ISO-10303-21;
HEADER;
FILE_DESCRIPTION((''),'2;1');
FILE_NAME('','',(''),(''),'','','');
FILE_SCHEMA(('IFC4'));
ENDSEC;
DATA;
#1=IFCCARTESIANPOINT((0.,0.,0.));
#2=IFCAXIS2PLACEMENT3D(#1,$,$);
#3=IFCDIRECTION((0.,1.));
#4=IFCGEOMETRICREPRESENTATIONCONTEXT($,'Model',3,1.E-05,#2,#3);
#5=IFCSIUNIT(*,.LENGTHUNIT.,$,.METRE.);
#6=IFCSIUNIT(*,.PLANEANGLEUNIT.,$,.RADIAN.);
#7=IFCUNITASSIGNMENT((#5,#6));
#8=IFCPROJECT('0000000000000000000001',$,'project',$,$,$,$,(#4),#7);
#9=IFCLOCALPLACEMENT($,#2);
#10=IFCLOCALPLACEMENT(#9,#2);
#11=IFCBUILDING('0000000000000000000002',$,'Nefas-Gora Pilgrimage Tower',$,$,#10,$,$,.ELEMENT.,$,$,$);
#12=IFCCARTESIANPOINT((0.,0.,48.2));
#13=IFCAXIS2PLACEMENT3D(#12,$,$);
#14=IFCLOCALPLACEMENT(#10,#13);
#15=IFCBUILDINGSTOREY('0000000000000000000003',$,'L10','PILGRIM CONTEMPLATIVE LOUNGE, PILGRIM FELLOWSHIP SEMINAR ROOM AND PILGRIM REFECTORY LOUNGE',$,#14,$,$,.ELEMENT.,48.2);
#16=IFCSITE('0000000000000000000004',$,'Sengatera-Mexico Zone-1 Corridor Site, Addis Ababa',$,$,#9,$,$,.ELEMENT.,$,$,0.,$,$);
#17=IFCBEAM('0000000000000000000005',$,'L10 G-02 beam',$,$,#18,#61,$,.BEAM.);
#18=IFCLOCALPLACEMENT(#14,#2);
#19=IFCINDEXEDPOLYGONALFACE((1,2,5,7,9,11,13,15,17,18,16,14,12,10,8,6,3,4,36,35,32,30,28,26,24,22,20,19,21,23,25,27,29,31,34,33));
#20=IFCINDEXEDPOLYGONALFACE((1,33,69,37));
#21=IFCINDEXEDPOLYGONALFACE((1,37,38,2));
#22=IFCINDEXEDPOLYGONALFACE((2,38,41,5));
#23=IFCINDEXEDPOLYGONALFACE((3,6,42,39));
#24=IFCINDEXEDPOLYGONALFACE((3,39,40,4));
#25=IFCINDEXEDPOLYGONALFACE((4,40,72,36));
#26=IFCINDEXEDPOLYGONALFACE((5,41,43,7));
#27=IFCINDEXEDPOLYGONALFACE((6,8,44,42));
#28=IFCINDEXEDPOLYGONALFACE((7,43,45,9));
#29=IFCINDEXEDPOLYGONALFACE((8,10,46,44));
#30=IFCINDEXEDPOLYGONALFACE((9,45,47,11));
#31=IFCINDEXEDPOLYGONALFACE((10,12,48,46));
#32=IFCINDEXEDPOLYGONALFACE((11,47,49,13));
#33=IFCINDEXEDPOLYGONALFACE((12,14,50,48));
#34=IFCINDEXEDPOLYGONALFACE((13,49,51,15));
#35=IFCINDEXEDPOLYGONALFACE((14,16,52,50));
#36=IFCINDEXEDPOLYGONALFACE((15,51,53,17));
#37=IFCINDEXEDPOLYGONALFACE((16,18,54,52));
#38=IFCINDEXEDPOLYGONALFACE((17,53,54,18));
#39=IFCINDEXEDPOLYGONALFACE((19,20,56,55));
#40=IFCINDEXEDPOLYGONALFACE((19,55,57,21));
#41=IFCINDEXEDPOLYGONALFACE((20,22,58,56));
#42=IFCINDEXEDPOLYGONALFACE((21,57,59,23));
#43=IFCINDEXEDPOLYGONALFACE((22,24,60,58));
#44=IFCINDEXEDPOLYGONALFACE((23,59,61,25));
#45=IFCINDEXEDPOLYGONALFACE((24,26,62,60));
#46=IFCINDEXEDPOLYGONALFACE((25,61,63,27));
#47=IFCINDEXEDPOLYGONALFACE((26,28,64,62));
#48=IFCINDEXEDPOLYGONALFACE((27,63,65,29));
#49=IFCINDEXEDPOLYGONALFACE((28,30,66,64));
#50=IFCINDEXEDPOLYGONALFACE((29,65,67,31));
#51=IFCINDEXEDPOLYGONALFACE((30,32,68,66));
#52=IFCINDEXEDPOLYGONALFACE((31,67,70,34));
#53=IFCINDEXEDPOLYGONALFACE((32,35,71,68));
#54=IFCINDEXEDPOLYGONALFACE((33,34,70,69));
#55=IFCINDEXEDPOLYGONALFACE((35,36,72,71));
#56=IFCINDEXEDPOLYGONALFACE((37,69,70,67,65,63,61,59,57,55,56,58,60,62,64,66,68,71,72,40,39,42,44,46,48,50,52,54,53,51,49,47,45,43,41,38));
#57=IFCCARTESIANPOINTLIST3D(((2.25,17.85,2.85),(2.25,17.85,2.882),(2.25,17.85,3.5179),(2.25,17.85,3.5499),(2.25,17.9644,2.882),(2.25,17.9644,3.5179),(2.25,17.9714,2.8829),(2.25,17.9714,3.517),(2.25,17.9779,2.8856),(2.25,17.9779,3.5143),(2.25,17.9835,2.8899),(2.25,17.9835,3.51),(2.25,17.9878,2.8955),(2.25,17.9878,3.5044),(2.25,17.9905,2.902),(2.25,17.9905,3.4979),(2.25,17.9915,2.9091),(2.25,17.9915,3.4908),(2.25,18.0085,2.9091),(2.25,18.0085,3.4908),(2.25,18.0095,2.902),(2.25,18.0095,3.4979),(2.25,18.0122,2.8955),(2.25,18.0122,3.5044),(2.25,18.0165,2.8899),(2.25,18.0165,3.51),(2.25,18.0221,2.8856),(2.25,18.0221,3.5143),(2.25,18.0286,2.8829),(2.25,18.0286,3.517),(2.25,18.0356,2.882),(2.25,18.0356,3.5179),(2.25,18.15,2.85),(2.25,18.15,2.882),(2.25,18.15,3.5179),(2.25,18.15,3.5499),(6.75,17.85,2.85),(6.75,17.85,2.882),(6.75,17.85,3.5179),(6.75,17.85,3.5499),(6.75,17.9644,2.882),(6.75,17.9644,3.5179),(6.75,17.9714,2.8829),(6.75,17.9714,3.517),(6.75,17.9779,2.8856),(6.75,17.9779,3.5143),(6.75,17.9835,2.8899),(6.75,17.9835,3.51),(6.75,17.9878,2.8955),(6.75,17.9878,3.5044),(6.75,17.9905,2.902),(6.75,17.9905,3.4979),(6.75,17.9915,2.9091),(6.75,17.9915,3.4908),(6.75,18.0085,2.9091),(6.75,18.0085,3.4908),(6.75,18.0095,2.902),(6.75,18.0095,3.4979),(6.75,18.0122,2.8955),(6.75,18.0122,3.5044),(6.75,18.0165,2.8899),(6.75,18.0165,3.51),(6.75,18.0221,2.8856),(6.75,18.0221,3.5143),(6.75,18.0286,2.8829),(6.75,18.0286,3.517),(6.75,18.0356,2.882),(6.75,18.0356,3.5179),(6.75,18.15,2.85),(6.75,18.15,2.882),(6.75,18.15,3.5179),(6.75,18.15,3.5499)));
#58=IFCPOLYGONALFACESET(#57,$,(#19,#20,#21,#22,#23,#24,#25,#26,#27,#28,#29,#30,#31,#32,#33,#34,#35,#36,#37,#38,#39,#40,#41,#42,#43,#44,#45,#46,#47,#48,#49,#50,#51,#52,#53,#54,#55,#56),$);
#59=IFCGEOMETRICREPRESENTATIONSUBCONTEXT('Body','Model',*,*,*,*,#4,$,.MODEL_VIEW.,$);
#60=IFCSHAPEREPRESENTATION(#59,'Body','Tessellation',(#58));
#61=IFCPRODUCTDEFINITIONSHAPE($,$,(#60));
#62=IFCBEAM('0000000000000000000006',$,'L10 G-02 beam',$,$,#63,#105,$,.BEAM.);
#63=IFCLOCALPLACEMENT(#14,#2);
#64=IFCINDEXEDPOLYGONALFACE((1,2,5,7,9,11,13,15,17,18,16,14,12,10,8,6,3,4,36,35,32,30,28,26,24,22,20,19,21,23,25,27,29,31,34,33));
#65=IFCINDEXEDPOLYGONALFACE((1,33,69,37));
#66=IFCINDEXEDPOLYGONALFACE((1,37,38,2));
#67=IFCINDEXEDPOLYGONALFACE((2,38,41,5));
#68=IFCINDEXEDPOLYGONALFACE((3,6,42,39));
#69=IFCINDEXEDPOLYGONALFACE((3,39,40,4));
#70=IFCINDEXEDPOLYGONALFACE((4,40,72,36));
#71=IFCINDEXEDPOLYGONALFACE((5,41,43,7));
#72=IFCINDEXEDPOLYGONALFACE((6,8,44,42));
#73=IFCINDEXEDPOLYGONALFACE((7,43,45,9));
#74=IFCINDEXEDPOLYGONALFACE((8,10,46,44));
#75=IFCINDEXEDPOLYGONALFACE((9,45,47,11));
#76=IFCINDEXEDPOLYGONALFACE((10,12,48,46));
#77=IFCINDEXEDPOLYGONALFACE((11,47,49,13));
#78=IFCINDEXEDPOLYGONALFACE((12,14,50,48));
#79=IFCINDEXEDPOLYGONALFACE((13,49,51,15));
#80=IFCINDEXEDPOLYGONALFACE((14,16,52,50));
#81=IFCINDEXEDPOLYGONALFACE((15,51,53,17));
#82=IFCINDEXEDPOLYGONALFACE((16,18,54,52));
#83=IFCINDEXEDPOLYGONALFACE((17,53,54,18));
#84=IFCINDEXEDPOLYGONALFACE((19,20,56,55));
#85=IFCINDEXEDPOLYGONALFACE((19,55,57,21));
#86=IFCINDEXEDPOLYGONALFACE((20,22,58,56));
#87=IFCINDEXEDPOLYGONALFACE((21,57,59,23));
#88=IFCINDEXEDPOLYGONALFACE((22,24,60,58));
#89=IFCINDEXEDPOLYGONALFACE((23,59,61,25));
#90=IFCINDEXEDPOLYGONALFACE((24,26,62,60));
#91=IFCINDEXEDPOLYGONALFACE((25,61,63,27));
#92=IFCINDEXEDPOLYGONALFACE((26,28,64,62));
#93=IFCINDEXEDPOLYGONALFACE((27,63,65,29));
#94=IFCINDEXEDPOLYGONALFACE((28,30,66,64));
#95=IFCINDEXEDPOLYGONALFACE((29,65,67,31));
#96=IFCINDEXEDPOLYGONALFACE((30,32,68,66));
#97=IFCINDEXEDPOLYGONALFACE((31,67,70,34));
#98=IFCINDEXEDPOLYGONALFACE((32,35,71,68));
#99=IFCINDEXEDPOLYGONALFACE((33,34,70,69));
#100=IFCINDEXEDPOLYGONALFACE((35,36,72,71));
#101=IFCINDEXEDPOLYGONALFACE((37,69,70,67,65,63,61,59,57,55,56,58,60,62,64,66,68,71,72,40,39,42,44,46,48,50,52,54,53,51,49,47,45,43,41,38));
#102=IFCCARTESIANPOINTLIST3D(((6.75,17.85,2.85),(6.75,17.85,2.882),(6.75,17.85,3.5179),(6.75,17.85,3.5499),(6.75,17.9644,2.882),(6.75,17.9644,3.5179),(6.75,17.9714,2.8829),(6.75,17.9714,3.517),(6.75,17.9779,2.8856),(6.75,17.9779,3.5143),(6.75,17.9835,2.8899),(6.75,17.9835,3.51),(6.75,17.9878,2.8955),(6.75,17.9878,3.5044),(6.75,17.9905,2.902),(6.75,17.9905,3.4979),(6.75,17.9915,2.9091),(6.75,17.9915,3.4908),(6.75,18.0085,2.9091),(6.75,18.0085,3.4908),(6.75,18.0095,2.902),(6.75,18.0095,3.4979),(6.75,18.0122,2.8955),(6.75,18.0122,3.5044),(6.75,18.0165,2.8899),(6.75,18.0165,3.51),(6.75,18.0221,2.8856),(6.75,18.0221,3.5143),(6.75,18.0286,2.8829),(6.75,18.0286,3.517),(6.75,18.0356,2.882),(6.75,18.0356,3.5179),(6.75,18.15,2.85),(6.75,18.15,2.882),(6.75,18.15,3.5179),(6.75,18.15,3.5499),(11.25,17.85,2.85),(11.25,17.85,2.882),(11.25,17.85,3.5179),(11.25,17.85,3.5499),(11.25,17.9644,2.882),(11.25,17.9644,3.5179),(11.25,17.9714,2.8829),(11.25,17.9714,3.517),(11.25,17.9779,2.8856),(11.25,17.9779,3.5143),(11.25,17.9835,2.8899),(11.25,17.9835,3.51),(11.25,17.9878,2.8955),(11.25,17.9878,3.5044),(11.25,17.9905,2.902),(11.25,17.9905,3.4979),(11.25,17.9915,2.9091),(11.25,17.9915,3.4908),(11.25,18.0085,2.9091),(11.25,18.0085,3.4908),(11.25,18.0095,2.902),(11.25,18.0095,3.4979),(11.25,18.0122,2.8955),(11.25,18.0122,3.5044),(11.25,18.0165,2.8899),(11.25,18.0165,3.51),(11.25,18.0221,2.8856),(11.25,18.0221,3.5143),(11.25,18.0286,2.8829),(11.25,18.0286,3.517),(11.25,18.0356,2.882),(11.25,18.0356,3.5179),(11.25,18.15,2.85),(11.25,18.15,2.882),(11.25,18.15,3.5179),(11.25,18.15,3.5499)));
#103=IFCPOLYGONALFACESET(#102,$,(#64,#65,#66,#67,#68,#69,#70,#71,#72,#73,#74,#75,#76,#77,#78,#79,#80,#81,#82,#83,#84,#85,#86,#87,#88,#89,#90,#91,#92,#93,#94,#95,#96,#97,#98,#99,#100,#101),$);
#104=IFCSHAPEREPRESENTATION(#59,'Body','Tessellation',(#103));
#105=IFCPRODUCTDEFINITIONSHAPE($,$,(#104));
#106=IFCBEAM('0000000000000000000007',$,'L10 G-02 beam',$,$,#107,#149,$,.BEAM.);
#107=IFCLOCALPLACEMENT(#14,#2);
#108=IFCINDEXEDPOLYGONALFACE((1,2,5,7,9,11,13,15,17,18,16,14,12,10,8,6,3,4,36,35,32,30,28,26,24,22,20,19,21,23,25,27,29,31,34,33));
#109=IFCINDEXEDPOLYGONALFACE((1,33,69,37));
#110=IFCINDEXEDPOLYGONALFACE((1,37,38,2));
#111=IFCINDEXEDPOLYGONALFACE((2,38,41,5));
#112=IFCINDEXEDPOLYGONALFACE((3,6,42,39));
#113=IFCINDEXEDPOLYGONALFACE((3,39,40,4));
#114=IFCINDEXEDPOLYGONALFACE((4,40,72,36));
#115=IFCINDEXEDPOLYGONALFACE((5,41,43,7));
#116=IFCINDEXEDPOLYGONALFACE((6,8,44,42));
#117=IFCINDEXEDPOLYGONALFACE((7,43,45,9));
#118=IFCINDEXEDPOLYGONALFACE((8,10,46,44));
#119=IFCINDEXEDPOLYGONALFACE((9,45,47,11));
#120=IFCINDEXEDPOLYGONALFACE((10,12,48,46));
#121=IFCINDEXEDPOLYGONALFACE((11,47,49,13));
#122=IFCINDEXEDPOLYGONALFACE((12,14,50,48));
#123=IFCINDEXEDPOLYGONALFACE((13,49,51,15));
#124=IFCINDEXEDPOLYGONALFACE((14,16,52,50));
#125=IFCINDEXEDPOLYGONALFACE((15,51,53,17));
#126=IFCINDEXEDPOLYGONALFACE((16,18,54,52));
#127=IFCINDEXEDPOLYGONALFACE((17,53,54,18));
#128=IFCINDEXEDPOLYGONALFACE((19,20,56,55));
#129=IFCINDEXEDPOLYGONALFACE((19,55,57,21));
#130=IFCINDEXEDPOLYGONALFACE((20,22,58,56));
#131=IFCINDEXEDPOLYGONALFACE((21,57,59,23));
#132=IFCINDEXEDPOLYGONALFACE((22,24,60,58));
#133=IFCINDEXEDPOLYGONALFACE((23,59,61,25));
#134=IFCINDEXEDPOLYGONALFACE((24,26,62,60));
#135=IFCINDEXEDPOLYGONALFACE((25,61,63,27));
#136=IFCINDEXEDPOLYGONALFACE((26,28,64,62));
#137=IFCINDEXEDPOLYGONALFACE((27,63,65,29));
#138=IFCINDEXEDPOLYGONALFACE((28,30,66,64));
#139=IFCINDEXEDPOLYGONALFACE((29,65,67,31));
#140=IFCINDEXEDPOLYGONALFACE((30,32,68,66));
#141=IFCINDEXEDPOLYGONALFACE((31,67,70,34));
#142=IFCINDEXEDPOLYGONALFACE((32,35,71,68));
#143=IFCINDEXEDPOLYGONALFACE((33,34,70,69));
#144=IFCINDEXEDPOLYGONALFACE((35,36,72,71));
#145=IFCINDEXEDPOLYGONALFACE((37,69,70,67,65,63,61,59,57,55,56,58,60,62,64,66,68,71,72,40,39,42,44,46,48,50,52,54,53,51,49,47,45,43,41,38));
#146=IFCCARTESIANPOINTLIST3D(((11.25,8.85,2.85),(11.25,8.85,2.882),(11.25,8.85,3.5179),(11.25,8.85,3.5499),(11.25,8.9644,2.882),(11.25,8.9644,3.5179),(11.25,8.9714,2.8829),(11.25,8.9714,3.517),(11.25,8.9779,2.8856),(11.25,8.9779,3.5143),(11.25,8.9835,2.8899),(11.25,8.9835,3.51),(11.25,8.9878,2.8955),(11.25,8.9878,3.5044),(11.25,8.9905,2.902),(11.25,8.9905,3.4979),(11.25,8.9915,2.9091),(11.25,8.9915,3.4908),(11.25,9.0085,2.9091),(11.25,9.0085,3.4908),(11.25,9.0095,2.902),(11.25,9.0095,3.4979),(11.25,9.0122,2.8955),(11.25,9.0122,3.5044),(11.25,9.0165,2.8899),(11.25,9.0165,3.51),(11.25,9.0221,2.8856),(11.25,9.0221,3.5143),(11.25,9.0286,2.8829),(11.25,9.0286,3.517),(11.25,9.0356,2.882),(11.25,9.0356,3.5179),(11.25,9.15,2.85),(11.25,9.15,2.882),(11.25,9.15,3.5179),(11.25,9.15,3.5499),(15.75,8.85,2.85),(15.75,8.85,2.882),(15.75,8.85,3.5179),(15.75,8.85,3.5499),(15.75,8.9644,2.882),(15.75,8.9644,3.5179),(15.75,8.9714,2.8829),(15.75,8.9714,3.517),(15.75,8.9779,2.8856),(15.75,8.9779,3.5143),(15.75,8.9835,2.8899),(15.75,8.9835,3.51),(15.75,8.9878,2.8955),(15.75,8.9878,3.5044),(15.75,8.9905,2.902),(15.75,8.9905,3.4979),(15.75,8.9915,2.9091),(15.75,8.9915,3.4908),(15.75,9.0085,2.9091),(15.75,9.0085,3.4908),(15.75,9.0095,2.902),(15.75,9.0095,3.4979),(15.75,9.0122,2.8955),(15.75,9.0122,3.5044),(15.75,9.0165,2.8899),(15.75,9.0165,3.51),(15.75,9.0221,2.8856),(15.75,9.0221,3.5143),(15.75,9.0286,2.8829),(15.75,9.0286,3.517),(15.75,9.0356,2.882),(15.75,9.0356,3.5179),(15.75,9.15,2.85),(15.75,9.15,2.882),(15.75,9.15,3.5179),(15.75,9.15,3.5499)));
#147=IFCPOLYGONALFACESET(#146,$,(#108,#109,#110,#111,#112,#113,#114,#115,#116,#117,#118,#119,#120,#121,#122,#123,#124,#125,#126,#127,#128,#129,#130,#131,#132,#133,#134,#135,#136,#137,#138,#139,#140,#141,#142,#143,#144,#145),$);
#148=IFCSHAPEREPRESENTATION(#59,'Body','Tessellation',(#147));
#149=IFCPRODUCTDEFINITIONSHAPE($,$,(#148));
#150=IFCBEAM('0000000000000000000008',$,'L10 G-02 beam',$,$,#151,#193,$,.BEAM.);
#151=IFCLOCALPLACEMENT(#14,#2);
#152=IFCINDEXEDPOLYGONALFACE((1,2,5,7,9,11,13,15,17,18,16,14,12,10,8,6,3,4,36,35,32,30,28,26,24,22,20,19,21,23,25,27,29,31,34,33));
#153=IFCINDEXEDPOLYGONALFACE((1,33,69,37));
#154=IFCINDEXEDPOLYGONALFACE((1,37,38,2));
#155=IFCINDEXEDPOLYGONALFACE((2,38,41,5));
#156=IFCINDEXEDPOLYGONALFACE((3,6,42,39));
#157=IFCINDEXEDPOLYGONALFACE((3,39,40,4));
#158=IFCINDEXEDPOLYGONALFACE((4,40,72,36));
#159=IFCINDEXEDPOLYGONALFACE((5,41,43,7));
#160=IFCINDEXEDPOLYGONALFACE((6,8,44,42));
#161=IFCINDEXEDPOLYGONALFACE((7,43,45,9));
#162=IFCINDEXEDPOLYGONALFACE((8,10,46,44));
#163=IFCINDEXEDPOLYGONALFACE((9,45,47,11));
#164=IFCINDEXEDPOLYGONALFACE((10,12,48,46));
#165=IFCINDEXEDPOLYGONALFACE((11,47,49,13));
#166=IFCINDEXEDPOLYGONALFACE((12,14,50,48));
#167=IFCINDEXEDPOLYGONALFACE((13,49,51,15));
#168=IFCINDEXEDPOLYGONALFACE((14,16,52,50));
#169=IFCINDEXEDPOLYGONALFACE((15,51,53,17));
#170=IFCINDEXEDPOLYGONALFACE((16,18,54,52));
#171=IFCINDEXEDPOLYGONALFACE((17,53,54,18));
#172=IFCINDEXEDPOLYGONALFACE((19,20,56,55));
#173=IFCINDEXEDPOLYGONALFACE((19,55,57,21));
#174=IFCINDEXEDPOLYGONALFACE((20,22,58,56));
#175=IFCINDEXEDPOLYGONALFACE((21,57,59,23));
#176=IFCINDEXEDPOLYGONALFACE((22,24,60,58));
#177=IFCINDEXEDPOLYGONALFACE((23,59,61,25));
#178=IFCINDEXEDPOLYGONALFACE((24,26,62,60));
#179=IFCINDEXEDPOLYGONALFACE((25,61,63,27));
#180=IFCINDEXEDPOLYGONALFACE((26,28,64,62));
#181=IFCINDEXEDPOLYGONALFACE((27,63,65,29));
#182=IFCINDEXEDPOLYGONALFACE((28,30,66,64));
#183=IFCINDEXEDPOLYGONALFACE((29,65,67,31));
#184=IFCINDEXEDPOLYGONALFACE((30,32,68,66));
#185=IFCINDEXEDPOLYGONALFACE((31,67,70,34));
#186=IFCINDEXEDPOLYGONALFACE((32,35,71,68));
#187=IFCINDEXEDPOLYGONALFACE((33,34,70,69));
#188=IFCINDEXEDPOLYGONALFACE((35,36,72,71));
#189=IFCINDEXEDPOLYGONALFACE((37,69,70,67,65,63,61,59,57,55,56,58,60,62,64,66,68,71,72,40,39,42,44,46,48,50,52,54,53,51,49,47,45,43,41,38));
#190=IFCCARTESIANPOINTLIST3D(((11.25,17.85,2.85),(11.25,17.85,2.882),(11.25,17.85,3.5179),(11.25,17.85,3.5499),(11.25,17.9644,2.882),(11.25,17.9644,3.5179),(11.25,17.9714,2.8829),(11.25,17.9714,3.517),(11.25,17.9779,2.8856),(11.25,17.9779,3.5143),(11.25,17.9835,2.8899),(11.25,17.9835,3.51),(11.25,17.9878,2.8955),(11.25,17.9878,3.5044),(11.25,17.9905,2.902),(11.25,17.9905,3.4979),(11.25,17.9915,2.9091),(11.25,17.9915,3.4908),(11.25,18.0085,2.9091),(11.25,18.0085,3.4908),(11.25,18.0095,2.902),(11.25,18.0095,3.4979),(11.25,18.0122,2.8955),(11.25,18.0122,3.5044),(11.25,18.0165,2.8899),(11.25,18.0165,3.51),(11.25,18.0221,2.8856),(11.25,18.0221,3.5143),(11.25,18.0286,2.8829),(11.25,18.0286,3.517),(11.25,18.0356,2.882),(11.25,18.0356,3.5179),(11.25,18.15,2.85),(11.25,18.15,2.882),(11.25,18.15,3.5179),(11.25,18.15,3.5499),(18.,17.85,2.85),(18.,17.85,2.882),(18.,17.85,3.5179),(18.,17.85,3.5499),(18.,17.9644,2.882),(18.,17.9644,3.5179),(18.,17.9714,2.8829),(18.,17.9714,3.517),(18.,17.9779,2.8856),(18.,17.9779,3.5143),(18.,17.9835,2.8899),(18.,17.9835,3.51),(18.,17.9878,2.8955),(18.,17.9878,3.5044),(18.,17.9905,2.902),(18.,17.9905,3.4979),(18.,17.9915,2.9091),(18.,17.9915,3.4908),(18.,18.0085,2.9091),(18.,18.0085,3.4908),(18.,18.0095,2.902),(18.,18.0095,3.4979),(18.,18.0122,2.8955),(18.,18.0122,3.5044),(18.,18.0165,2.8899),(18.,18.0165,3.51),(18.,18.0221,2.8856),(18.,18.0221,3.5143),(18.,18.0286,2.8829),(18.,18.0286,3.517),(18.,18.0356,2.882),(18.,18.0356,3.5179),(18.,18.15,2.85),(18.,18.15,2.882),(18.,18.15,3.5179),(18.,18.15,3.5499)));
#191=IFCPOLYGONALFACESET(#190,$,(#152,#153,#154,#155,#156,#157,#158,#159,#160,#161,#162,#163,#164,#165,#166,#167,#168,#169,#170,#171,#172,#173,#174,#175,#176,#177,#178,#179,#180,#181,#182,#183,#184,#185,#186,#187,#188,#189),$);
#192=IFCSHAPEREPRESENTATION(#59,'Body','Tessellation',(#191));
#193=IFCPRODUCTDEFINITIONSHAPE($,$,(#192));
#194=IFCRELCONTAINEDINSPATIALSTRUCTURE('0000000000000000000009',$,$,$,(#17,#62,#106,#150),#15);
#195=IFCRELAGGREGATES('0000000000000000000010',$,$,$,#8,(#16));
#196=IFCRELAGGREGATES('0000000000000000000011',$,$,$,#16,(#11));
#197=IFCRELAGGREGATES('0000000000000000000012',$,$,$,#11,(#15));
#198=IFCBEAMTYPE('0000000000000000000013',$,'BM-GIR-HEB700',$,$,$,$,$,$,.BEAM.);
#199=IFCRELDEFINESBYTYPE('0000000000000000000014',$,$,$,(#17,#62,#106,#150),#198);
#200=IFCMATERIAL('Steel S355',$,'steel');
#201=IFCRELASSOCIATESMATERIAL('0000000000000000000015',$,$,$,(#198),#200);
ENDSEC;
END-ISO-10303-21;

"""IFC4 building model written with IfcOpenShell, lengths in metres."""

from ifc_helpers import new_model, si_unit, direction, frame, origin, origin_2d, place, context, subcontext, project, spatial, i_section, extrude, source, transform, mapped, material, material_profile, profile_set, type_object, element, save


model = new_model("IFC4")

# Units and contexts
model_context = context("Model", 3, precision=1e-05, world=origin(), true_north=direction((0.0, 1.0)))
body_context = subcontext(model_context, "Body", "Model", "MODEL_VIEW")
ifc_project = project(units=[si_unit("LENGTHUNIT", "METRE"), si_unit("PLANEANGLEUNIT", "RADIAN")], contexts=[model_context])

# Site, building, storey
site_placement = place(None, origin())
site = spatial("IfcSite", under=ifc_project, at=site_placement, Name="Sengatera-Mexico Zone-1 Corridor Site, Addis Ababa", CompositionType="ELEMENT", RefElevation=0.0)
building_placement = place(site_placement, origin())
building = spatial("IfcBuilding", under=site, at=building_placement, Name="Nefas-Gora Pilgrimage Tower", CompositionType="ELEMENT")
storey_placement = place(building_placement, frame((0.0, 0.0, 48.2)))
storey = spatial("IfcBuildingStorey", under=building, at=storey_placement, Name="L10", Description="PILGRIM CONTEMPLATIVE LOUNGE, PILGRIM FELLOWSHIP SEMINAR ROOM AND PILGRIM REFECTORY LOUNGE", CompositionType="ELEMENT", Elevation=48.2)

# Beams
ifc_material_1 = material(Name="Steel S355", Category="steel")
ifc_material_profile_1 = material_profile(ifc_material_1, i_section(OverallWidth=0.3, OverallDepth=0.7, WebThickness=0.0171, FlangeThickness=0.032, FilletRadius=0.0271, at=origin_2d()), Name="HEB 700")
ifc_profile_set_1 = profile_set([ifc_material_profile_1], Name="Steel S355")
beam_type_1 = type_object("IfcBeamType", Name="BM-GIR-HEB700", PredefinedType="BEAM", material=ifc_profile_set_1)
shared_shape_1 = source(origin(), body_context, "Body", "SweptSolid", [
    extrude(i_section(OverallWidth=0.3, OverallDepth=0.7, WebThickness=0.0171, FlangeThickness=0.032, FilletRadius=0.0271, at=origin_2d()), origin(), (0.0, 0.0, 1.0), 4.5),
])
for number, where, z_axis, x_axis, name in (
    (1, (2.25, 18.0, 3.2), (1.0, 0.0, 0.0), (0.0, 1.0, 0.0), "L10 G-02 beam"),
    (2, (6.75, 18.0, 3.2), (1.0, 0.0, 0.0), (0.0, 1.0, 0.0), "L10 G-02 beam"),
    (3, (11.25, 9.0, 3.2), (1.0, 0.0, 0.0), (0.0, 1.0, 0.0), "L10 G-02 beam"),
):
    element("IfcBeam", number, at=place(storey_placement, frame(where, z_axis=z_axis, x_axis=x_axis)), inside=storey, type_object=beam_type_1, Name=name, PredefinedType="BEAM", context=body_context, shape_type="MappedRepresentation", body=[
        mapped(shared_shape_1, transform((0.0, 0.0, 0.0), x_axis=(1.0, 0.0, 0.0), y_axis=(0.0, 1.0, 0.0), z_axis=(0.0, 0.0, 1.0), scale=1.0)),
    ])
shared_shape_2 = source(origin(), body_context, "Body", "SweptSolid", [
    extrude(i_section(OverallWidth=0.3, OverallDepth=0.7, WebThickness=0.0171, FlangeThickness=0.032, FilletRadius=0.0271, at=origin_2d()), origin(), (0.0, 0.0, 1.0), 6.75),
])
beam_1_placement = place(storey_placement, frame((11.25, 18.0, 3.2), z_axis=(1.0, 0.0, 0.0), x_axis=(0.0, 1.0, 0.0)))
element("IfcBeam", 4, at=beam_1_placement, inside=storey, type_object=beam_type_1, Name="L10 G-02 beam", PredefinedType="BEAM", context=body_context, shape_type="MappedRepresentation", body=[
    mapped(shared_shape_2, transform((0.0, 0.0, 0.0), x_axis=(1.0, 0.0, 0.0), y_axis=(0.0, 1.0, 0.0), z_axis=(0.0, 0.0, 1.0), scale=1.0)),
])

save(model, "model.ifc")
